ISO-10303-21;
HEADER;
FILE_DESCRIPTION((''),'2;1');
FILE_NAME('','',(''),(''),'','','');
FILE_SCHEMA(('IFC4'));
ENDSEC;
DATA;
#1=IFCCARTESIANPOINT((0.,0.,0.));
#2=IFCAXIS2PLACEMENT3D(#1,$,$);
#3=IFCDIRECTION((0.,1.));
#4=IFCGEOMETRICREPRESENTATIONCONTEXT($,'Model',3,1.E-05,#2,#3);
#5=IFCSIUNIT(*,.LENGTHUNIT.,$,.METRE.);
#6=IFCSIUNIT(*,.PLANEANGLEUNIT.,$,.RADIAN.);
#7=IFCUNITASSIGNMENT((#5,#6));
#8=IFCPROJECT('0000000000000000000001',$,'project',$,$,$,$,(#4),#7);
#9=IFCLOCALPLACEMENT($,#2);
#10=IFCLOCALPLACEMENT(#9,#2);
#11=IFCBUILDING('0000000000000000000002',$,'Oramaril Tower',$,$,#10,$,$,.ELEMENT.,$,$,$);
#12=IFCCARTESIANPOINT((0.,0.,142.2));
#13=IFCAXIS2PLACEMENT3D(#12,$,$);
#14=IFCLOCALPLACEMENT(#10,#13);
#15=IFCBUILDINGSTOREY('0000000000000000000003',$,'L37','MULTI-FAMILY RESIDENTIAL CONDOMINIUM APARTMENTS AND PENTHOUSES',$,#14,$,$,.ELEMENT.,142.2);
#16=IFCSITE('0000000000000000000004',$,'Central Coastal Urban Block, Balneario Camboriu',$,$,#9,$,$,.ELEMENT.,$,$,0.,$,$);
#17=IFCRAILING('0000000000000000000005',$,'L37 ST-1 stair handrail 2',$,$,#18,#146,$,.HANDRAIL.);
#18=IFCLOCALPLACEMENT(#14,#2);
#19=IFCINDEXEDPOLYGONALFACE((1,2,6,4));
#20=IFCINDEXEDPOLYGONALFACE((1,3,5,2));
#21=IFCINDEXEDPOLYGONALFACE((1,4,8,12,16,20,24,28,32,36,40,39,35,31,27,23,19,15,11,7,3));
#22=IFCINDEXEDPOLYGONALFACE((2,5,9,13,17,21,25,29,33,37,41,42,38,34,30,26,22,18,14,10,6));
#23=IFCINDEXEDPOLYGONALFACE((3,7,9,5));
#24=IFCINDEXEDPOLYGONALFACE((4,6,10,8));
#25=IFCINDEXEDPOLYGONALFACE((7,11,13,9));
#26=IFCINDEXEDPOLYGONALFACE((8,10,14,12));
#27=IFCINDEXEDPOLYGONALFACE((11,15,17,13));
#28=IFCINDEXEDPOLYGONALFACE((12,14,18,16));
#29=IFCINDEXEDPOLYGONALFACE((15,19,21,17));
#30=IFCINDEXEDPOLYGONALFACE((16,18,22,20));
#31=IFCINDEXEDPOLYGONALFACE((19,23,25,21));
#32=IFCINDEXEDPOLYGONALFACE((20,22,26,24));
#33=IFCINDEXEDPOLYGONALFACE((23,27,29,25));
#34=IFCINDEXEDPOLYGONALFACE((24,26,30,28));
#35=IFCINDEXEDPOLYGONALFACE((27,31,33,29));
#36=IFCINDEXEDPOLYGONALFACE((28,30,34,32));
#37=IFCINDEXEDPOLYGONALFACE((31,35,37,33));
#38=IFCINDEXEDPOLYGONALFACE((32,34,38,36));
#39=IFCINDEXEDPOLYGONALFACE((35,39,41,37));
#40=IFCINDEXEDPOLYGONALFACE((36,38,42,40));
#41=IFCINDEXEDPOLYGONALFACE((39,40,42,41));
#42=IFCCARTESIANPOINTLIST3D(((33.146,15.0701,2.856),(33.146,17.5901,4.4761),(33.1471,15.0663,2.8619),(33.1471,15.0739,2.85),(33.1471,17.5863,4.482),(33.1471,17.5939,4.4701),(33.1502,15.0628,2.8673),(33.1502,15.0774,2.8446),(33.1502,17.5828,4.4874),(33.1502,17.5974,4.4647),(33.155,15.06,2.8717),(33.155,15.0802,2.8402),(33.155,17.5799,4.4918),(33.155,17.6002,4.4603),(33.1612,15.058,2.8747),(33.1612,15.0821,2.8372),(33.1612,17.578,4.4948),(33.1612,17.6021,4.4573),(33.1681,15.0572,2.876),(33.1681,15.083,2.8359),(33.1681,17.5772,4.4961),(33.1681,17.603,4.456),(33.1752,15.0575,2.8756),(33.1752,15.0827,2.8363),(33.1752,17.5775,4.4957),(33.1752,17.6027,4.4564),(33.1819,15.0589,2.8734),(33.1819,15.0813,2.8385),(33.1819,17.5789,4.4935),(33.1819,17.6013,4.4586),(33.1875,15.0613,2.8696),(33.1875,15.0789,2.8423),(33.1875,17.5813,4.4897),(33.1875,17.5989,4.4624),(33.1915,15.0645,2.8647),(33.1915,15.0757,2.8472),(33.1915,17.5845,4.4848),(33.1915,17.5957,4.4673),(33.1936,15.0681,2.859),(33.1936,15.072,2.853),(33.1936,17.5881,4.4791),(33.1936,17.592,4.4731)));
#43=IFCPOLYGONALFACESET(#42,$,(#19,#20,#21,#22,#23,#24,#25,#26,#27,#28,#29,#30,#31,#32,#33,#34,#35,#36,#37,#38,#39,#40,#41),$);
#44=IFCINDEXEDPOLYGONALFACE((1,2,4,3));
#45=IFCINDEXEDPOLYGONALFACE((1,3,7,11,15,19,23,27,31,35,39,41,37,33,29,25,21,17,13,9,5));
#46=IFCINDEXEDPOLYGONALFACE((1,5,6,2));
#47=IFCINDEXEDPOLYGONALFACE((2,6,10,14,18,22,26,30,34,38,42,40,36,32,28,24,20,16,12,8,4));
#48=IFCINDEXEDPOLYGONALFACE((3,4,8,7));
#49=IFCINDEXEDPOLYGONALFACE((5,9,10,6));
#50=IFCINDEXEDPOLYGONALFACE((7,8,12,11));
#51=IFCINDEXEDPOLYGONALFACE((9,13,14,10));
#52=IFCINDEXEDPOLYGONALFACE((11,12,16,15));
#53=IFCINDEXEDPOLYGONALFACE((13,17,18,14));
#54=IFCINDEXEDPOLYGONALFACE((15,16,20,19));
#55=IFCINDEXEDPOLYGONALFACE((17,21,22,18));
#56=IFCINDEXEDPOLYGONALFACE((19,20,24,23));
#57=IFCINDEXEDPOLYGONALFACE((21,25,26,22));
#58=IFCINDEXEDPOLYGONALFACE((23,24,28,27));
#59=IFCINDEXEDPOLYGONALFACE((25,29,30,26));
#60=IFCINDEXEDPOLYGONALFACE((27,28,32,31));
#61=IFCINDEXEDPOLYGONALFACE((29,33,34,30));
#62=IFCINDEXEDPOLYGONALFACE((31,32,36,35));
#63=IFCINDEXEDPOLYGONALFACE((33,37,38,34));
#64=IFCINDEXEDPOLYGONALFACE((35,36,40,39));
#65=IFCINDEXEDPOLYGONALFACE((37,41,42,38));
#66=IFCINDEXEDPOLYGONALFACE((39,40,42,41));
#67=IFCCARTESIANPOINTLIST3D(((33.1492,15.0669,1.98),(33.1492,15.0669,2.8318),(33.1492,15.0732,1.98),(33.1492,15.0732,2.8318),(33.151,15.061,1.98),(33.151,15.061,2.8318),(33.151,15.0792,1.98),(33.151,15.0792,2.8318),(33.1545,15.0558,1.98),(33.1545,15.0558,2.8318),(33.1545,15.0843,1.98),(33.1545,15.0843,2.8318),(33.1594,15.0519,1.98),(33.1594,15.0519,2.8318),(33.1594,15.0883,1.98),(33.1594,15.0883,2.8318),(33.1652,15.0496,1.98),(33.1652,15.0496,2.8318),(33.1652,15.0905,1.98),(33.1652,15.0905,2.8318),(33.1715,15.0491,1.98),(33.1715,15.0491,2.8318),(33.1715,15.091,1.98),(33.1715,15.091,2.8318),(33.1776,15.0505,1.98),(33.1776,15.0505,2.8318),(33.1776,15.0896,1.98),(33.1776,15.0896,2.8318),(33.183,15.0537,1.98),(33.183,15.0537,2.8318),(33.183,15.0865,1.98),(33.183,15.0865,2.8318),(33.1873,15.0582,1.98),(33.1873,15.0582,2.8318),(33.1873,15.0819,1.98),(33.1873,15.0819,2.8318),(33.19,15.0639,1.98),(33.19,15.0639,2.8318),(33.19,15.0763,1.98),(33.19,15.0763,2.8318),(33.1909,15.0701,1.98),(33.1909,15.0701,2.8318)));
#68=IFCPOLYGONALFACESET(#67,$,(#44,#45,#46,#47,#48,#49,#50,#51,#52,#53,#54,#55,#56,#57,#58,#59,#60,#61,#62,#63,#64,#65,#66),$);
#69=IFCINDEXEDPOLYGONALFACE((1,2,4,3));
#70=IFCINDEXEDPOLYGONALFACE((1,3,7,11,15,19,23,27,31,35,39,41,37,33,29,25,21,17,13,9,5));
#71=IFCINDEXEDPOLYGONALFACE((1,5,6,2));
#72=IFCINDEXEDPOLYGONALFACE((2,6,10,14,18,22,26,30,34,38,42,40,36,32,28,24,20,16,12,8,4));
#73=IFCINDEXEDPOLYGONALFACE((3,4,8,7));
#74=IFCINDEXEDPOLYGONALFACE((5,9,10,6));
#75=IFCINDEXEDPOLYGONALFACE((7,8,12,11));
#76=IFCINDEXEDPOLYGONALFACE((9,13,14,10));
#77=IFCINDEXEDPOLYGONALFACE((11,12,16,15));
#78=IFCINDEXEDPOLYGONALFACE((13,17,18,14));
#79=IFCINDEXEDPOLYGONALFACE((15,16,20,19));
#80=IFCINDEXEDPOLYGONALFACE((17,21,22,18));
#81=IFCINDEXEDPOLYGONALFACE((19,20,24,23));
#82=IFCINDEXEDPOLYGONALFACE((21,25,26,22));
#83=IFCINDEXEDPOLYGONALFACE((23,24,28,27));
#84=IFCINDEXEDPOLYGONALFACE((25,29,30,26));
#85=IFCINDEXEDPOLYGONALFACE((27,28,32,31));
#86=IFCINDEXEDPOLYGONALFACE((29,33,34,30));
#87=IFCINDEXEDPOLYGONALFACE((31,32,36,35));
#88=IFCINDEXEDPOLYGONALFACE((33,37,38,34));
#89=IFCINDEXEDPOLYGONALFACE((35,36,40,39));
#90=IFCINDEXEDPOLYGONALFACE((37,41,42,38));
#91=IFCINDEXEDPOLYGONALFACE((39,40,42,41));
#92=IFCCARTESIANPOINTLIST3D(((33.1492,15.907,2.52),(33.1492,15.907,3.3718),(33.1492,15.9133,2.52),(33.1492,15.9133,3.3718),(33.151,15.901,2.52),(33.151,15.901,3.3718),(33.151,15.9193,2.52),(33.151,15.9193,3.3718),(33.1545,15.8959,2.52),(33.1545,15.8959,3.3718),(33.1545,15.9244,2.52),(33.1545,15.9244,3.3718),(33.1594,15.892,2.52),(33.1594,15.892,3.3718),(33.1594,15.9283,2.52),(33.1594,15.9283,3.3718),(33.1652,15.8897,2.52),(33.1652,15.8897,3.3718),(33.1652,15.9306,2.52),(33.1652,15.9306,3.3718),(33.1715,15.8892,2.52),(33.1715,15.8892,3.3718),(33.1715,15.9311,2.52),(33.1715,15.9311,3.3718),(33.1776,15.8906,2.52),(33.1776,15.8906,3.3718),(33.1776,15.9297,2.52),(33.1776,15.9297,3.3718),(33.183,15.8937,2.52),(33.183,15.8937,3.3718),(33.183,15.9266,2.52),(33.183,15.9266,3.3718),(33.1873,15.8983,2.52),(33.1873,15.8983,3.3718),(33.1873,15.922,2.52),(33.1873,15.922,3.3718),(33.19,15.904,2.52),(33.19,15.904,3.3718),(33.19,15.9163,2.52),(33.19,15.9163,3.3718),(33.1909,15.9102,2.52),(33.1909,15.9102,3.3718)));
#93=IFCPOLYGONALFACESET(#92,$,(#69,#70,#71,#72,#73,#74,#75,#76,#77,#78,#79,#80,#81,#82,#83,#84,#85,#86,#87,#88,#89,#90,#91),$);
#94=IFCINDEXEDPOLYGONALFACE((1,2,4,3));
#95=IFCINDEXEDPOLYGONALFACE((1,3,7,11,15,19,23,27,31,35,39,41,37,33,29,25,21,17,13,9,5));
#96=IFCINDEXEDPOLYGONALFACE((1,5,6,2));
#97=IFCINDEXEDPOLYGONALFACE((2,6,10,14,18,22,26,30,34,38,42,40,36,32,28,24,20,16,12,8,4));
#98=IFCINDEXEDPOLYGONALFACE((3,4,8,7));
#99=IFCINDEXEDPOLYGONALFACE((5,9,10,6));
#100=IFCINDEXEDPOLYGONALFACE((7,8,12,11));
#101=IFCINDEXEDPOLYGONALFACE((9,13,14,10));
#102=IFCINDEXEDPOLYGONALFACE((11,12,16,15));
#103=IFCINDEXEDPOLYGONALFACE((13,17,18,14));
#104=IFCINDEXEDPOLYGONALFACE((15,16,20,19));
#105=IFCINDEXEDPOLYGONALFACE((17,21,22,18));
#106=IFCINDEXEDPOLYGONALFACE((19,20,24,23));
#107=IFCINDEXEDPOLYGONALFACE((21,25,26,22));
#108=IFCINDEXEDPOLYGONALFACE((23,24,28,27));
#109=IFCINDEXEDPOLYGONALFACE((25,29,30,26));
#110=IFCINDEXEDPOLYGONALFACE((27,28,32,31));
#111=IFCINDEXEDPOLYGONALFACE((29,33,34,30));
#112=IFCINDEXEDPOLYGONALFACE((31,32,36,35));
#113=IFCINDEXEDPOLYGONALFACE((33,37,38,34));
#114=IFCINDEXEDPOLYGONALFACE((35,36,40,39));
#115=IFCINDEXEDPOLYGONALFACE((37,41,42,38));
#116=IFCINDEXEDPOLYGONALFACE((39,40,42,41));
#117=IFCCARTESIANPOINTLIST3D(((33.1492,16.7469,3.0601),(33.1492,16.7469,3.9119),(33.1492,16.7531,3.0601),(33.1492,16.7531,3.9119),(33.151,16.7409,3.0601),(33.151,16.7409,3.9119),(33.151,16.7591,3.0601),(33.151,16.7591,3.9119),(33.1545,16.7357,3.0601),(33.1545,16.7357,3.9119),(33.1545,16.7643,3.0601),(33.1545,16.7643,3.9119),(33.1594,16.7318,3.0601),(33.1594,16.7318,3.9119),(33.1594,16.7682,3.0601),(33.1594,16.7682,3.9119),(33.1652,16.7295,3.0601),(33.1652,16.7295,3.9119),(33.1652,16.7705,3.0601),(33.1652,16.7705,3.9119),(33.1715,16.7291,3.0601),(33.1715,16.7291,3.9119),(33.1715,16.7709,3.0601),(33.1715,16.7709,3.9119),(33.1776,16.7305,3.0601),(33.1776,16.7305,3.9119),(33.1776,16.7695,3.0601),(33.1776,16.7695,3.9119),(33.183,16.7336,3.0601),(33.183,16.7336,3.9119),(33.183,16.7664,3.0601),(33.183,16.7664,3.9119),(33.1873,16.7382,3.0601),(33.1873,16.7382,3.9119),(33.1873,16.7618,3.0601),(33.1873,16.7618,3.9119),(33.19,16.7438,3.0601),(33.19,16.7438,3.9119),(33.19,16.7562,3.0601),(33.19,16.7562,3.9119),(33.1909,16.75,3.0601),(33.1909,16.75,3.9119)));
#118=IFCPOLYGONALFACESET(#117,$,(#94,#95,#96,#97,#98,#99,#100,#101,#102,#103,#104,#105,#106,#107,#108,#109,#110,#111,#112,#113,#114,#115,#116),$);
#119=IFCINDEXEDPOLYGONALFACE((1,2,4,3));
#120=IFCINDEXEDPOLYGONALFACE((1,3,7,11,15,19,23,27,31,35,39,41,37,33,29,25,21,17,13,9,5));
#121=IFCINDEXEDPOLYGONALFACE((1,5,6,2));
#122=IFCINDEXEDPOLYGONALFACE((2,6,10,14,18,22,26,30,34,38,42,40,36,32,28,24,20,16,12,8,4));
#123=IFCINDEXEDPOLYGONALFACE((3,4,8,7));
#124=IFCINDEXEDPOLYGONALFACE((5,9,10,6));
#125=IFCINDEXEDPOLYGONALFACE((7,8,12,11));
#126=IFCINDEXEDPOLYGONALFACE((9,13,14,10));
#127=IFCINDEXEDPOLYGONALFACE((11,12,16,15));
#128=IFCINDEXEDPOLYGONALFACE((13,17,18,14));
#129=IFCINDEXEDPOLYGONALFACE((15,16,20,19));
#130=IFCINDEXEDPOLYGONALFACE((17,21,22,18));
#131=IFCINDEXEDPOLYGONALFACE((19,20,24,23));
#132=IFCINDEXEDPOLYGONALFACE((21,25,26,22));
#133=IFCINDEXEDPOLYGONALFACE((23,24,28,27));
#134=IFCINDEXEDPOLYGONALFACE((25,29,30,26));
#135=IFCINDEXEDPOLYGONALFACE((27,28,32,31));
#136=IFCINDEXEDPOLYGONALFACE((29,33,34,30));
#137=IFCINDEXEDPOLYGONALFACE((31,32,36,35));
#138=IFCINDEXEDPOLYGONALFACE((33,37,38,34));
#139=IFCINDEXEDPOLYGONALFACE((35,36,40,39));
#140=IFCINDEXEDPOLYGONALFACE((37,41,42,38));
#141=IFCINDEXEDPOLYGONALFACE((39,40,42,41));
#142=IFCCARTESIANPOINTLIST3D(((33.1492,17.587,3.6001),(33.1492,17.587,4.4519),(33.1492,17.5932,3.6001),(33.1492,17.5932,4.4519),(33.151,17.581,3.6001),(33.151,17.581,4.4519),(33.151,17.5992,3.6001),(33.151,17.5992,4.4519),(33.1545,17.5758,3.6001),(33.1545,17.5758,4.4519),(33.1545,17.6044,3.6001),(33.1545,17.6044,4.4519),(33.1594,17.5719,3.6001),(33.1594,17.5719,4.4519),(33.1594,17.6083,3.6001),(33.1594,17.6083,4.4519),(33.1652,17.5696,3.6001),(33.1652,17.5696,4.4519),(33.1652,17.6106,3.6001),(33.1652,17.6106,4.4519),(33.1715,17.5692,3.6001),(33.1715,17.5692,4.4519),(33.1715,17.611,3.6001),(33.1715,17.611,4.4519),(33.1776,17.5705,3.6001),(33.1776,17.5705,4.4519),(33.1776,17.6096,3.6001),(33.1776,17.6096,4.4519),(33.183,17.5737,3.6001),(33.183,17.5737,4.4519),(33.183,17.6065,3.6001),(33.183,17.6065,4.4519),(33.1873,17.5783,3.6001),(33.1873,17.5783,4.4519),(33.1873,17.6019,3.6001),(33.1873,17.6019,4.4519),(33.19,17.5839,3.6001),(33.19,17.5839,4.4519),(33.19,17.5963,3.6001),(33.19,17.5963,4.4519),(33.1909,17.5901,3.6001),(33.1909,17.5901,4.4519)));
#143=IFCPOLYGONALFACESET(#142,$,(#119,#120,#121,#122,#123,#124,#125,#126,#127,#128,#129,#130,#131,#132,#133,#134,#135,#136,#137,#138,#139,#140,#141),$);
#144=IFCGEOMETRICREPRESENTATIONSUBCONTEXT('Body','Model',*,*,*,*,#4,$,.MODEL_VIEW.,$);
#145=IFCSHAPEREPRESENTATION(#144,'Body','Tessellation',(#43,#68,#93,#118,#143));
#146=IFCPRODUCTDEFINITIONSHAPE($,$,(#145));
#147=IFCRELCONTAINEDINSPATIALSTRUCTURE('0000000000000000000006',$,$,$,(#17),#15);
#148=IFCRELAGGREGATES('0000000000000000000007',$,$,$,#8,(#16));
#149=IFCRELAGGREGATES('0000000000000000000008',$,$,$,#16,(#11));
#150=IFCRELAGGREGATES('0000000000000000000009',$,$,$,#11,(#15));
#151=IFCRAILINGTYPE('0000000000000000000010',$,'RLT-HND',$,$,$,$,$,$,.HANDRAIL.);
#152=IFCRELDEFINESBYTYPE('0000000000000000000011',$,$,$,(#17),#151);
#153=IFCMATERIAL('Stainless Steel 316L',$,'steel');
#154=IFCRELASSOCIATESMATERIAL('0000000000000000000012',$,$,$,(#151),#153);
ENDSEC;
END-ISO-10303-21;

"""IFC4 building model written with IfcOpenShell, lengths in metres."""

from ifc_helpers import new_model, si_unit, direction, frame, origin, origin_2d, place, context, subcontext, project, spatial, circle, extrude, material, type_object, element, save


model = new_model("IFC4")

# Units and contexts
model_context = context("Model", 3, precision=1e-05, world=origin(), true_north=direction((0.0, 1.0)))
body_context = subcontext(model_context, "Body", "Model", "MODEL_VIEW")
ifc_project = project(units=[si_unit("LENGTHUNIT", "METRE"), si_unit("PLANEANGLEUNIT", "RADIAN")], contexts=[model_context])

# Site, building, storey
site_placement = place(None, origin())
site = spatial("IfcSite", under=ifc_project, at=site_placement, Name="Central Coastal Urban Block, Balneario Camboriu", CompositionType="ELEMENT", RefElevation=0.0)
building_placement = place(site_placement, origin())
building = spatial("IfcBuilding", under=site, at=building_placement, Name="Oramaril Tower", CompositionType="ELEMENT")
storey_placement = place(building_placement, frame((0.0, 0.0, 142.2)))
storey = spatial("IfcBuildingStorey", under=building, at=storey_placement, Name="L37", Description="MULTI-FAMILY RESIDENTIAL CONDOMINIUM APARTMENTS AND PENTHOUSES", CompositionType="ELEMENT", Elevation=142.2)

# Railing
ifc_material_1 = material(Name="Stainless Steel 316L", Category="steel")
railing_type_1 = type_object("IfcRailingType", Name="RLT-HND", PredefinedType="HANDRAIL", material=ifc_material_1)
railing_1_placement = place(storey_placement, frame((33.1699, 15.0701, 1.98)))
element("IfcRailing", 1, at=railing_1_placement, inside=storey, type_object=railing_type_1, Name="L37 ST-1 stair handrail 2", PredefinedType="HANDRAIL", context=body_context, shape_type="SweptSolid", body=[
    extrude(circle(Radius=0.0239, at=origin_2d()), frame((0.0, 0.0, 0.876), z_axis=(0.0, 0.841163, 0.540782), x_axis=(-1.0, 0.0, 0.0)), (0.0, 0.0, 1.0), 2.9958),
    extrude(circle(Radius=0.021, at=origin_2d()), origin(), (0.0, 0.0, 1.0), 0.8518),
    extrude(circle(Radius=0.021, at=origin_2d()), frame((0.0, 0.8401, 0.54)), (0.0, 0.0, 1.0), 0.8518),
    extrude(circle(Radius=0.021, at=origin_2d()), frame((0.0, 1.6799, 1.0801)), (0.0, 0.0, 1.0), 0.8518),
    extrude(circle(Radius=0.021, at=origin_2d()), frame((0.0, 2.52, 1.6201)), (0.0, 0.0, 1.0), 0.8518),
])

save(model, "model.ifc")
